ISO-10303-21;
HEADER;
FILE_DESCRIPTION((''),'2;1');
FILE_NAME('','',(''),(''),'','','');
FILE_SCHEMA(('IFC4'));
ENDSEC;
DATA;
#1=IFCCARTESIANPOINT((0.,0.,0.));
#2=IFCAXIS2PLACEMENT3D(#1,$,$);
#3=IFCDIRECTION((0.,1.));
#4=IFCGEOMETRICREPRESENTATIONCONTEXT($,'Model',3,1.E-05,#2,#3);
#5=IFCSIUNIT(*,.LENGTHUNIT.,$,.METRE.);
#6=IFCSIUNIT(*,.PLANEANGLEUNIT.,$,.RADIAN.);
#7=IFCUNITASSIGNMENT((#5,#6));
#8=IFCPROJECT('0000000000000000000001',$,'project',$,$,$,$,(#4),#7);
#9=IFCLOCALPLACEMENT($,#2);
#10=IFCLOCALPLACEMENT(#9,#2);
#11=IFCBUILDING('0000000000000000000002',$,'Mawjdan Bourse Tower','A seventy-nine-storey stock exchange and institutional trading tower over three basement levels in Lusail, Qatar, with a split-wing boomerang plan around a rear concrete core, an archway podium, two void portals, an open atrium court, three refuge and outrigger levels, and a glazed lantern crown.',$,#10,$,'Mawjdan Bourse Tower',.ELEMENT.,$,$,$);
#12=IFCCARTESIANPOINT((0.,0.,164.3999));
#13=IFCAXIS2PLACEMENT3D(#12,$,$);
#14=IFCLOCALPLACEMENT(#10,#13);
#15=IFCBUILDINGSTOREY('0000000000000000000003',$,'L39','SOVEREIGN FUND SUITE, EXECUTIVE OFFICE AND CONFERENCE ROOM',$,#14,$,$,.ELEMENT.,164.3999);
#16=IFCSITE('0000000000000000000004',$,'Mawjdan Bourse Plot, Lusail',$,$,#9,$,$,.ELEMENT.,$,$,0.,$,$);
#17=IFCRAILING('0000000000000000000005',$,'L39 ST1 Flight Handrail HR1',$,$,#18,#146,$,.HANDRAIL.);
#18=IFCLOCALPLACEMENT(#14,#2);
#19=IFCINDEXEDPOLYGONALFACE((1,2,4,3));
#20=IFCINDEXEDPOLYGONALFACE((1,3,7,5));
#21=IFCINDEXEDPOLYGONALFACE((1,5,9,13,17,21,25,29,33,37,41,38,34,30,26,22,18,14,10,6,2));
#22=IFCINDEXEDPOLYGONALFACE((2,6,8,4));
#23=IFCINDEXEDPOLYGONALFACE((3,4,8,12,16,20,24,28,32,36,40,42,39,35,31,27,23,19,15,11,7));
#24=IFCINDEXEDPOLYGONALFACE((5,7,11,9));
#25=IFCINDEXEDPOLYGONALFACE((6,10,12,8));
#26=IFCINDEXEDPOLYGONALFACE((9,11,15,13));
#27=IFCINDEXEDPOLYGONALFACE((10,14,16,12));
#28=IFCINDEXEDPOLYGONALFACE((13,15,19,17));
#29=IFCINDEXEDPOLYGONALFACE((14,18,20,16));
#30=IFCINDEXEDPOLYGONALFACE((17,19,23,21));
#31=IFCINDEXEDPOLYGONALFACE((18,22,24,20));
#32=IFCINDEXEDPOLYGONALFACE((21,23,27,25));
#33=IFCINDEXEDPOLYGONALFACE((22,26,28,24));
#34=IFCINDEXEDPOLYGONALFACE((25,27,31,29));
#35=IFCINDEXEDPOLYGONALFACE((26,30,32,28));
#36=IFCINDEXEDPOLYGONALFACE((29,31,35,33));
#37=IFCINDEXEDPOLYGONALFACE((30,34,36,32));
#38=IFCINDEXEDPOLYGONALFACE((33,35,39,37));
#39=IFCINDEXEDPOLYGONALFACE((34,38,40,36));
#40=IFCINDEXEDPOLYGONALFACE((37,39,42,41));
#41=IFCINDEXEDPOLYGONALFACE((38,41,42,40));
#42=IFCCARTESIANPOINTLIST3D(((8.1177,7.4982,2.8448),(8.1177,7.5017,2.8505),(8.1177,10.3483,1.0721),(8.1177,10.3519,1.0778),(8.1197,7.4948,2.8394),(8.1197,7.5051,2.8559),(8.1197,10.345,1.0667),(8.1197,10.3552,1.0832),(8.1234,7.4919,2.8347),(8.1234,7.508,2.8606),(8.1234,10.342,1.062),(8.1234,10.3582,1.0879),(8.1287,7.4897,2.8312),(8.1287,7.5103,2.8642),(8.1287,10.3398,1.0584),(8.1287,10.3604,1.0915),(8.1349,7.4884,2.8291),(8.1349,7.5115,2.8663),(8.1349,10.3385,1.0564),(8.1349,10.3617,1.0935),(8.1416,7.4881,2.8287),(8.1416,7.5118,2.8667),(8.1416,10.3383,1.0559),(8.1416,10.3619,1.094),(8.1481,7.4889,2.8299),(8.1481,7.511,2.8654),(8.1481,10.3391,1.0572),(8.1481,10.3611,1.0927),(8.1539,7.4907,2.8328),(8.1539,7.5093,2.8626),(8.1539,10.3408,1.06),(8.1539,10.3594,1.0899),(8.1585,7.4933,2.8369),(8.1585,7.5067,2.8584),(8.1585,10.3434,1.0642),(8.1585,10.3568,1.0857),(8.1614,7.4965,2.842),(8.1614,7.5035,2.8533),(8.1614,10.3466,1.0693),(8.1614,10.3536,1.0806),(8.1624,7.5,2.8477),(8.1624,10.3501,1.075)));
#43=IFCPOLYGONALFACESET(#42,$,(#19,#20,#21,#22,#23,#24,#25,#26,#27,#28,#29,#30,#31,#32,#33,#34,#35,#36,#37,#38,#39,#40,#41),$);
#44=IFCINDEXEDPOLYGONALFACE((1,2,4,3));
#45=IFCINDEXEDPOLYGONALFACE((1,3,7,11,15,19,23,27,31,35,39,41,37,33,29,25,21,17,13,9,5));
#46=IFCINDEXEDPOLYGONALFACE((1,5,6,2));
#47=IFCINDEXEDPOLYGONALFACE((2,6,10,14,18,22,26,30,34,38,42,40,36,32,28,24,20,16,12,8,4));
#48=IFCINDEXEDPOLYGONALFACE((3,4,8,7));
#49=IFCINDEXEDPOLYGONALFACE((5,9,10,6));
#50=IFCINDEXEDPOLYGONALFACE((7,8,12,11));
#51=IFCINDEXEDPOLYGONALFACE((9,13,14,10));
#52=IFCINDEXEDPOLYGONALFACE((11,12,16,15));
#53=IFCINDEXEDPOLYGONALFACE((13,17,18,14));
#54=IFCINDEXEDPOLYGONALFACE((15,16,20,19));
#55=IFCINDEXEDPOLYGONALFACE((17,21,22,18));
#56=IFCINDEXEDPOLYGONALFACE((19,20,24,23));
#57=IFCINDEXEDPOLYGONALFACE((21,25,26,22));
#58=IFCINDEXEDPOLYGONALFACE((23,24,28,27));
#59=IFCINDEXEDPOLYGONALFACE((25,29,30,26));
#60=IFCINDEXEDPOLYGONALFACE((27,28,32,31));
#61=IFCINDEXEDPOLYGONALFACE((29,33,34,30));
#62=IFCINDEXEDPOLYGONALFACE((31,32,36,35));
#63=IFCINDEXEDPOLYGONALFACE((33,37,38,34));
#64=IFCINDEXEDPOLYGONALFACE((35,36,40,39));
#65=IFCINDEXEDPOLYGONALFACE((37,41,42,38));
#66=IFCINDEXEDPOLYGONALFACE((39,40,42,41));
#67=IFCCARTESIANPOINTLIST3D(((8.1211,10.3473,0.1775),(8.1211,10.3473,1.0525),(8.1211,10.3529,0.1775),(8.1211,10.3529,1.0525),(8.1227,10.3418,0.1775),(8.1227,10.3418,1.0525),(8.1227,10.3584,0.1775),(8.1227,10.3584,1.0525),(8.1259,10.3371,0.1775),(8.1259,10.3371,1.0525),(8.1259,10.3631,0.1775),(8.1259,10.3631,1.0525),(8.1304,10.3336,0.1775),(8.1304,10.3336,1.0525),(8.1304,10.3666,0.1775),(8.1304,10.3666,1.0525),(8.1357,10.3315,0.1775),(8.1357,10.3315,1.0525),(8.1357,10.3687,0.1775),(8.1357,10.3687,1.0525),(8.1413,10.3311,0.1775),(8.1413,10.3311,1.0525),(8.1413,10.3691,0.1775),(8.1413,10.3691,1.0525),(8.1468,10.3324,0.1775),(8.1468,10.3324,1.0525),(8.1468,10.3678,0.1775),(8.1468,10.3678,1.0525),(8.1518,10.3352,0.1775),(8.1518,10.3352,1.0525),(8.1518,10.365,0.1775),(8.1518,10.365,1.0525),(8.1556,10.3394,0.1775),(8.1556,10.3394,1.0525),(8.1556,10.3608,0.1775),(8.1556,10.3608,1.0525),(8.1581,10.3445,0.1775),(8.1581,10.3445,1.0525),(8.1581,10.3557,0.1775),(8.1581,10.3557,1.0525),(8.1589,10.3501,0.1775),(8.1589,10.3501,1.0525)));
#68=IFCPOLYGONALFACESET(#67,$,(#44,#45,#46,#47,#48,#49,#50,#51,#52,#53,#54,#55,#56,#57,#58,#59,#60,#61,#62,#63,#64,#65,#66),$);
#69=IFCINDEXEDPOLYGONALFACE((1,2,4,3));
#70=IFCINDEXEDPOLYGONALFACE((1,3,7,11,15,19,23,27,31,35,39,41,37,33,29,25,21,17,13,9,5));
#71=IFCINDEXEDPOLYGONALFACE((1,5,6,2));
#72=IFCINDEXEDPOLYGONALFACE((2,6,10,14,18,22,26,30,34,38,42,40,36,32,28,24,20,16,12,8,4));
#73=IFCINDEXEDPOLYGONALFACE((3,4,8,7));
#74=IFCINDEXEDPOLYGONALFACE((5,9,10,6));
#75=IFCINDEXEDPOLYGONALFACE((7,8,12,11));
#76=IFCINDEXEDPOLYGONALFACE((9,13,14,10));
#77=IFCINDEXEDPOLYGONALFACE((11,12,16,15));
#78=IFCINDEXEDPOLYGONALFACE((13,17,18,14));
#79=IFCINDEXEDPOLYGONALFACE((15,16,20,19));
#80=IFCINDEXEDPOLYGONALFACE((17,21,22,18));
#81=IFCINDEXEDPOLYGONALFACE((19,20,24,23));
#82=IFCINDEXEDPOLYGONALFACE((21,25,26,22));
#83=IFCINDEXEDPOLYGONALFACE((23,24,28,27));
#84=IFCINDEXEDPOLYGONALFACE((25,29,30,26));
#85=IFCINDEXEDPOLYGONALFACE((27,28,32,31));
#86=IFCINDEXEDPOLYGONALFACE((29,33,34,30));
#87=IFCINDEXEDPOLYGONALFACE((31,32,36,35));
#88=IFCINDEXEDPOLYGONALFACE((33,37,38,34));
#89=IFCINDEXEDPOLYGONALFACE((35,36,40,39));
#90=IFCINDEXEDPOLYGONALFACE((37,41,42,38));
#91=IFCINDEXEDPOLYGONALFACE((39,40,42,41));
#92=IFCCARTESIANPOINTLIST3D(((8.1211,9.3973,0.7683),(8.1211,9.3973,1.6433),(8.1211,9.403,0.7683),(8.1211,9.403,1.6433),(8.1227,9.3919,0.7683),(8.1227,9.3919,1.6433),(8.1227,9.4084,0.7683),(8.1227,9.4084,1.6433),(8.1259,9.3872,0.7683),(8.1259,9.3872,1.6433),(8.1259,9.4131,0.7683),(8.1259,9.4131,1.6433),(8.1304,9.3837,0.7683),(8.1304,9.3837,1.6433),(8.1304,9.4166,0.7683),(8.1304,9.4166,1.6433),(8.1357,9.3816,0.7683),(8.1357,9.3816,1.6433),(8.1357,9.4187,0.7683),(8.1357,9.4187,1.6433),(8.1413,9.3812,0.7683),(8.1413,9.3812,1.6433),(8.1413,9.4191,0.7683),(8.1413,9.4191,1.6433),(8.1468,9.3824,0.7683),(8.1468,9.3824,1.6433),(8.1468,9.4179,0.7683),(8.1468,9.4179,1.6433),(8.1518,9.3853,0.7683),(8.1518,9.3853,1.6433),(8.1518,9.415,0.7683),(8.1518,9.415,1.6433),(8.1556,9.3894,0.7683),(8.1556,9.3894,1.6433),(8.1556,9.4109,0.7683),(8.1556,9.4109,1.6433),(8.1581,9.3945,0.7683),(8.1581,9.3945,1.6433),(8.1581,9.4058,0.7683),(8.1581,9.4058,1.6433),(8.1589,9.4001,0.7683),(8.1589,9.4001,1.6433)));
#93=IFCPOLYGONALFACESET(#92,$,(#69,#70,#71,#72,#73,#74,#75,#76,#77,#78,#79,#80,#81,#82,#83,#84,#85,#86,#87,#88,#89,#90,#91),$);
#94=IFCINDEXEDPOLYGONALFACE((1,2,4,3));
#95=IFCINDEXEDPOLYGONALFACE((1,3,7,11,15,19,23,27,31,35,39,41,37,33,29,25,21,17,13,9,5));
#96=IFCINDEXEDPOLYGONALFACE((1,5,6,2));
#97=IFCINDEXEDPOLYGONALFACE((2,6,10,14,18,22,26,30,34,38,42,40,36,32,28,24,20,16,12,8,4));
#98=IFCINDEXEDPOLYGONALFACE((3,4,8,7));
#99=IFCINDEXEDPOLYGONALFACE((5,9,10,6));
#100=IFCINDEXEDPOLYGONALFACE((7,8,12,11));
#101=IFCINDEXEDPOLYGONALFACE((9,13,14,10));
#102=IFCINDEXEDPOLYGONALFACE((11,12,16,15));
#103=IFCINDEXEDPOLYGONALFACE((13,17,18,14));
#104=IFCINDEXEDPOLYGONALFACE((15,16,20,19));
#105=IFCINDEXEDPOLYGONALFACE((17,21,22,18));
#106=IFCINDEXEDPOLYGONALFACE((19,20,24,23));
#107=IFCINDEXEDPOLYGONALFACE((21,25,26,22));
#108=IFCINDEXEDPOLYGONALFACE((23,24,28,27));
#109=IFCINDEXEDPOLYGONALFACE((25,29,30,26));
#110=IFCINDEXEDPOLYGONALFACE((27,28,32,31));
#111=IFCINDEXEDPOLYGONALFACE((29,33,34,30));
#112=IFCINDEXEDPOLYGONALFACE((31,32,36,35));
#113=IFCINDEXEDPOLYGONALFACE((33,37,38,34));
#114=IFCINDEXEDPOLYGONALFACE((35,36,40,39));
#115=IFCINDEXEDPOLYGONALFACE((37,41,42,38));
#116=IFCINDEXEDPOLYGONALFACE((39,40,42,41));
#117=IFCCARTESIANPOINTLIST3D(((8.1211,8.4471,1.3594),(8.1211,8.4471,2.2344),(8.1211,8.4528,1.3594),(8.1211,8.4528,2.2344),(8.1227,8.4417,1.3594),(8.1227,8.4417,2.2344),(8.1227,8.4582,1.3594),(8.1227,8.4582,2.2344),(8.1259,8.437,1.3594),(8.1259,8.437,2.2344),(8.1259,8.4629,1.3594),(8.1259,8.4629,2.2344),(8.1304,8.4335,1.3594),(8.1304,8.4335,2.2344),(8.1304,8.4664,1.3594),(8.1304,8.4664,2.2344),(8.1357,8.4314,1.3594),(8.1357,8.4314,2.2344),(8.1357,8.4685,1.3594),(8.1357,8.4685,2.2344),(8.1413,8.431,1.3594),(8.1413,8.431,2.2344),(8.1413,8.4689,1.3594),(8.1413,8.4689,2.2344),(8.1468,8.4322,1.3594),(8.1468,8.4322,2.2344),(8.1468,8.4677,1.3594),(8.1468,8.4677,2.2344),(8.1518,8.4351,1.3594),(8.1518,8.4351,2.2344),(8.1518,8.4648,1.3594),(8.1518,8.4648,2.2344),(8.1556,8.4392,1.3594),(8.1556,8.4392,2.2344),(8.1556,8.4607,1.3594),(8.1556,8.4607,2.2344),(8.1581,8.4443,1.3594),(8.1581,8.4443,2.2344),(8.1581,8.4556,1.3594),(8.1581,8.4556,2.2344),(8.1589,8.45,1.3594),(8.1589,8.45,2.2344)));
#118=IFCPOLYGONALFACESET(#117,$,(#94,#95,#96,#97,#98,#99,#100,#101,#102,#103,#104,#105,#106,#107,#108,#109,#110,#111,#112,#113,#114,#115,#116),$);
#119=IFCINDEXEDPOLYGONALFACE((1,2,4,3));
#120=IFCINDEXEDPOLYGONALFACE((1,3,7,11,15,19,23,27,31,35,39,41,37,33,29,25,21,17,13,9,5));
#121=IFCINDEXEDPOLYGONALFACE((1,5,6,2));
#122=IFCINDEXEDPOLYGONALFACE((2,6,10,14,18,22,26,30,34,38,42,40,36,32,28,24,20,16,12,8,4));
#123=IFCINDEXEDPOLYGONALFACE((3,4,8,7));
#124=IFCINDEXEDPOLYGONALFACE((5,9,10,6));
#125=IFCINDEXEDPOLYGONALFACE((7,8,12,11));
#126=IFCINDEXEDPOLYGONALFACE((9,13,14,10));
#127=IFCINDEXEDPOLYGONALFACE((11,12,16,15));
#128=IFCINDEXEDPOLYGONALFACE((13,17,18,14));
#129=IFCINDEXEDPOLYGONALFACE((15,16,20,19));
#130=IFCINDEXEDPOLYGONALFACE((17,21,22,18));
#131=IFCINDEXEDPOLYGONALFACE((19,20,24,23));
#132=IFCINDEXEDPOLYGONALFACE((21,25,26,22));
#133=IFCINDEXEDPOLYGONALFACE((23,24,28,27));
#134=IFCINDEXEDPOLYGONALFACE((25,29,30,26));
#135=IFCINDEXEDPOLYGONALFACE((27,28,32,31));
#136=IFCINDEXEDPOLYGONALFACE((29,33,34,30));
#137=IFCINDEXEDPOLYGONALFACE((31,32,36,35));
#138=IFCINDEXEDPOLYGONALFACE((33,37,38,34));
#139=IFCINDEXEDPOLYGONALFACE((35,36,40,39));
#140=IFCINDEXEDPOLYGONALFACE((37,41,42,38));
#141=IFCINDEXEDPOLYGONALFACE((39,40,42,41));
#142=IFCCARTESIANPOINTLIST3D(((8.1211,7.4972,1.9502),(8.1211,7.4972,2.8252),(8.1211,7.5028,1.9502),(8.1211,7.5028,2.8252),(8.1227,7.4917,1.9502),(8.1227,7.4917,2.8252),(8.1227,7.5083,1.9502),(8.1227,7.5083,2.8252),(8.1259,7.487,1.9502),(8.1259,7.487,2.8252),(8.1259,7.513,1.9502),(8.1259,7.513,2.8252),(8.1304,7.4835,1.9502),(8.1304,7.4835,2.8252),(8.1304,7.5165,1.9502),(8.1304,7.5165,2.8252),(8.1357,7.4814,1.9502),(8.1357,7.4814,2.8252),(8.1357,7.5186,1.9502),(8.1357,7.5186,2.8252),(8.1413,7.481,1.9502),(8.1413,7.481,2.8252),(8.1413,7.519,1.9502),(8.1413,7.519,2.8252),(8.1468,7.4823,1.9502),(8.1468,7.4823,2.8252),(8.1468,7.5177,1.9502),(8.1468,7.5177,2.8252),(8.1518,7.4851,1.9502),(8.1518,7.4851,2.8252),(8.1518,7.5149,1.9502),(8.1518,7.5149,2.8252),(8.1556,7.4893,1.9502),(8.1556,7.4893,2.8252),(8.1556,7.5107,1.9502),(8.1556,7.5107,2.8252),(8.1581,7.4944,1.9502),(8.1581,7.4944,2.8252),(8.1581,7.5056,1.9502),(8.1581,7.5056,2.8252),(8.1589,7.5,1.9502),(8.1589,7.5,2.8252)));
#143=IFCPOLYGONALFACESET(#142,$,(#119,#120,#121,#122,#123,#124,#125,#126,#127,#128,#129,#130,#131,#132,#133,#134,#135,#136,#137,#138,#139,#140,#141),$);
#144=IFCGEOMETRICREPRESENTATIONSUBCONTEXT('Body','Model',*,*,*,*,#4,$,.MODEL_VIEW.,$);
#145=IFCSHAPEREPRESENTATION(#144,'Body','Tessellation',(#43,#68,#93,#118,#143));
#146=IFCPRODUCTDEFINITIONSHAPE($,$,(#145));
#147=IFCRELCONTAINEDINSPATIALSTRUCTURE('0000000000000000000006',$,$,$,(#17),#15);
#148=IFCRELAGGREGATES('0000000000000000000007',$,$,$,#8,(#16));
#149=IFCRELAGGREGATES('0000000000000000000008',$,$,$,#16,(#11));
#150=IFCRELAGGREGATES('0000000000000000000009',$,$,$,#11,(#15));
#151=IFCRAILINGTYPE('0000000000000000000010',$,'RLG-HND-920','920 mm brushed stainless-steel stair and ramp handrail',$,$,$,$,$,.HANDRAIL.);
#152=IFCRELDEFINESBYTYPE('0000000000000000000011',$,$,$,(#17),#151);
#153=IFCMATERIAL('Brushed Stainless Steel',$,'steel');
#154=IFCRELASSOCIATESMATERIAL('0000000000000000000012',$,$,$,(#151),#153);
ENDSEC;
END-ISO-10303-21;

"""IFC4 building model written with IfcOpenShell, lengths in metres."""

from ifc_helpers import new_model, si_unit, direction, frame, origin, origin_2d, place, context, subcontext, project, spatial, circle, extrude, material, type_object, element, save


model = new_model("IFC4")

# Units and contexts
model_context = context("Model", 3, precision=1e-05, world=origin(), true_north=direction((0.0, 1.0)))
body_context = subcontext(model_context, "Body", "Model", "MODEL_VIEW")
ifc_project = project(units=[si_unit("LENGTHUNIT", "METRE"), si_unit("PLANEANGLEUNIT", "RADIAN")], contexts=[model_context])

# Site, building, storey
site_placement = place(None, origin())
site = spatial("IfcSite", under=ifc_project, at=site_placement, Name="Mawjdan Bourse Plot, Lusail", CompositionType="ELEMENT", RefElevation=0.0)
building_placement = place(site_placement, origin())
building = spatial("IfcBuilding", under=site, at=building_placement, Name="Mawjdan Bourse Tower", Description="A seventy-nine-storey stock exchange and institutional trading tower over three basement levels in Lusail, Qatar, with a split-wing boomerang plan around a rear concrete core, an archway podium, two void portals, an open atrium court, three refuge and outrigger levels, and a glazed lantern crown.", LongName="Mawjdan Bourse Tower", CompositionType="ELEMENT")
storey_placement = place(building_placement, frame((0.0, 0.0, 164.3999)))
storey = spatial("IfcBuildingStorey", under=building, at=storey_placement, Name="L39", Description="SOVEREIGN FUND SUITE, EXECUTIVE OFFICE AND CONFERENCE ROOM", CompositionType="ELEMENT", Elevation=164.3999)

# Shared definitions
ifc_material_1 = material(Name="Brushed Stainless Steel", Category="steel")

# Railing
railing_type_1 = type_object("IfcRailingType", Name="RLG-HND-920", Description="920 mm brushed stainless-steel stair and ramp handrail", PredefinedType="HANDRAIL", material=ifc_material_1)
for number, where, name in (
    (1, (8.1399, 10.3501, 0.1775), "L39 ST1 Flight Handrail HR1"),
):
    element("IfcRailing", number, at=place(storey_placement, frame(where)), inside=storey, type_object=railing_type_1, Name=name, PredefinedType="HANDRAIL", context=body_context, shape_type="SweptSolid", body=[
        extrude(circle(Radius=0.0225, at=origin_2d()), frame((0.0, 0.0, 0.8975), z_axis=(0.0, -0.849149, 0.528154), x_axis=(1.0, 0.0, 0.0)), (0.0, 0.0, 1.0), 3.3564),
        extrude(circle(Radius=0.019, at=origin_2d()), origin(), (0.0, 0.0, 1.0), 0.875),
        extrude(circle(Radius=0.019, at=origin_2d()), frame((0.0, -0.95, 0.5908)), (0.0, 0.0, 1.0), 0.875),
        extrude(circle(Radius=0.019, at=origin_2d()), frame((0.0, -1.9001, 1.1819)), (0.0, 0.0, 1.0), 0.875),
        extrude(circle(Radius=0.019, at=origin_2d()), frame((0.0, -2.8501, 1.7727)), (0.0, 0.0, 1.0), 0.875),
    ])

save(model, "model.ifc")
